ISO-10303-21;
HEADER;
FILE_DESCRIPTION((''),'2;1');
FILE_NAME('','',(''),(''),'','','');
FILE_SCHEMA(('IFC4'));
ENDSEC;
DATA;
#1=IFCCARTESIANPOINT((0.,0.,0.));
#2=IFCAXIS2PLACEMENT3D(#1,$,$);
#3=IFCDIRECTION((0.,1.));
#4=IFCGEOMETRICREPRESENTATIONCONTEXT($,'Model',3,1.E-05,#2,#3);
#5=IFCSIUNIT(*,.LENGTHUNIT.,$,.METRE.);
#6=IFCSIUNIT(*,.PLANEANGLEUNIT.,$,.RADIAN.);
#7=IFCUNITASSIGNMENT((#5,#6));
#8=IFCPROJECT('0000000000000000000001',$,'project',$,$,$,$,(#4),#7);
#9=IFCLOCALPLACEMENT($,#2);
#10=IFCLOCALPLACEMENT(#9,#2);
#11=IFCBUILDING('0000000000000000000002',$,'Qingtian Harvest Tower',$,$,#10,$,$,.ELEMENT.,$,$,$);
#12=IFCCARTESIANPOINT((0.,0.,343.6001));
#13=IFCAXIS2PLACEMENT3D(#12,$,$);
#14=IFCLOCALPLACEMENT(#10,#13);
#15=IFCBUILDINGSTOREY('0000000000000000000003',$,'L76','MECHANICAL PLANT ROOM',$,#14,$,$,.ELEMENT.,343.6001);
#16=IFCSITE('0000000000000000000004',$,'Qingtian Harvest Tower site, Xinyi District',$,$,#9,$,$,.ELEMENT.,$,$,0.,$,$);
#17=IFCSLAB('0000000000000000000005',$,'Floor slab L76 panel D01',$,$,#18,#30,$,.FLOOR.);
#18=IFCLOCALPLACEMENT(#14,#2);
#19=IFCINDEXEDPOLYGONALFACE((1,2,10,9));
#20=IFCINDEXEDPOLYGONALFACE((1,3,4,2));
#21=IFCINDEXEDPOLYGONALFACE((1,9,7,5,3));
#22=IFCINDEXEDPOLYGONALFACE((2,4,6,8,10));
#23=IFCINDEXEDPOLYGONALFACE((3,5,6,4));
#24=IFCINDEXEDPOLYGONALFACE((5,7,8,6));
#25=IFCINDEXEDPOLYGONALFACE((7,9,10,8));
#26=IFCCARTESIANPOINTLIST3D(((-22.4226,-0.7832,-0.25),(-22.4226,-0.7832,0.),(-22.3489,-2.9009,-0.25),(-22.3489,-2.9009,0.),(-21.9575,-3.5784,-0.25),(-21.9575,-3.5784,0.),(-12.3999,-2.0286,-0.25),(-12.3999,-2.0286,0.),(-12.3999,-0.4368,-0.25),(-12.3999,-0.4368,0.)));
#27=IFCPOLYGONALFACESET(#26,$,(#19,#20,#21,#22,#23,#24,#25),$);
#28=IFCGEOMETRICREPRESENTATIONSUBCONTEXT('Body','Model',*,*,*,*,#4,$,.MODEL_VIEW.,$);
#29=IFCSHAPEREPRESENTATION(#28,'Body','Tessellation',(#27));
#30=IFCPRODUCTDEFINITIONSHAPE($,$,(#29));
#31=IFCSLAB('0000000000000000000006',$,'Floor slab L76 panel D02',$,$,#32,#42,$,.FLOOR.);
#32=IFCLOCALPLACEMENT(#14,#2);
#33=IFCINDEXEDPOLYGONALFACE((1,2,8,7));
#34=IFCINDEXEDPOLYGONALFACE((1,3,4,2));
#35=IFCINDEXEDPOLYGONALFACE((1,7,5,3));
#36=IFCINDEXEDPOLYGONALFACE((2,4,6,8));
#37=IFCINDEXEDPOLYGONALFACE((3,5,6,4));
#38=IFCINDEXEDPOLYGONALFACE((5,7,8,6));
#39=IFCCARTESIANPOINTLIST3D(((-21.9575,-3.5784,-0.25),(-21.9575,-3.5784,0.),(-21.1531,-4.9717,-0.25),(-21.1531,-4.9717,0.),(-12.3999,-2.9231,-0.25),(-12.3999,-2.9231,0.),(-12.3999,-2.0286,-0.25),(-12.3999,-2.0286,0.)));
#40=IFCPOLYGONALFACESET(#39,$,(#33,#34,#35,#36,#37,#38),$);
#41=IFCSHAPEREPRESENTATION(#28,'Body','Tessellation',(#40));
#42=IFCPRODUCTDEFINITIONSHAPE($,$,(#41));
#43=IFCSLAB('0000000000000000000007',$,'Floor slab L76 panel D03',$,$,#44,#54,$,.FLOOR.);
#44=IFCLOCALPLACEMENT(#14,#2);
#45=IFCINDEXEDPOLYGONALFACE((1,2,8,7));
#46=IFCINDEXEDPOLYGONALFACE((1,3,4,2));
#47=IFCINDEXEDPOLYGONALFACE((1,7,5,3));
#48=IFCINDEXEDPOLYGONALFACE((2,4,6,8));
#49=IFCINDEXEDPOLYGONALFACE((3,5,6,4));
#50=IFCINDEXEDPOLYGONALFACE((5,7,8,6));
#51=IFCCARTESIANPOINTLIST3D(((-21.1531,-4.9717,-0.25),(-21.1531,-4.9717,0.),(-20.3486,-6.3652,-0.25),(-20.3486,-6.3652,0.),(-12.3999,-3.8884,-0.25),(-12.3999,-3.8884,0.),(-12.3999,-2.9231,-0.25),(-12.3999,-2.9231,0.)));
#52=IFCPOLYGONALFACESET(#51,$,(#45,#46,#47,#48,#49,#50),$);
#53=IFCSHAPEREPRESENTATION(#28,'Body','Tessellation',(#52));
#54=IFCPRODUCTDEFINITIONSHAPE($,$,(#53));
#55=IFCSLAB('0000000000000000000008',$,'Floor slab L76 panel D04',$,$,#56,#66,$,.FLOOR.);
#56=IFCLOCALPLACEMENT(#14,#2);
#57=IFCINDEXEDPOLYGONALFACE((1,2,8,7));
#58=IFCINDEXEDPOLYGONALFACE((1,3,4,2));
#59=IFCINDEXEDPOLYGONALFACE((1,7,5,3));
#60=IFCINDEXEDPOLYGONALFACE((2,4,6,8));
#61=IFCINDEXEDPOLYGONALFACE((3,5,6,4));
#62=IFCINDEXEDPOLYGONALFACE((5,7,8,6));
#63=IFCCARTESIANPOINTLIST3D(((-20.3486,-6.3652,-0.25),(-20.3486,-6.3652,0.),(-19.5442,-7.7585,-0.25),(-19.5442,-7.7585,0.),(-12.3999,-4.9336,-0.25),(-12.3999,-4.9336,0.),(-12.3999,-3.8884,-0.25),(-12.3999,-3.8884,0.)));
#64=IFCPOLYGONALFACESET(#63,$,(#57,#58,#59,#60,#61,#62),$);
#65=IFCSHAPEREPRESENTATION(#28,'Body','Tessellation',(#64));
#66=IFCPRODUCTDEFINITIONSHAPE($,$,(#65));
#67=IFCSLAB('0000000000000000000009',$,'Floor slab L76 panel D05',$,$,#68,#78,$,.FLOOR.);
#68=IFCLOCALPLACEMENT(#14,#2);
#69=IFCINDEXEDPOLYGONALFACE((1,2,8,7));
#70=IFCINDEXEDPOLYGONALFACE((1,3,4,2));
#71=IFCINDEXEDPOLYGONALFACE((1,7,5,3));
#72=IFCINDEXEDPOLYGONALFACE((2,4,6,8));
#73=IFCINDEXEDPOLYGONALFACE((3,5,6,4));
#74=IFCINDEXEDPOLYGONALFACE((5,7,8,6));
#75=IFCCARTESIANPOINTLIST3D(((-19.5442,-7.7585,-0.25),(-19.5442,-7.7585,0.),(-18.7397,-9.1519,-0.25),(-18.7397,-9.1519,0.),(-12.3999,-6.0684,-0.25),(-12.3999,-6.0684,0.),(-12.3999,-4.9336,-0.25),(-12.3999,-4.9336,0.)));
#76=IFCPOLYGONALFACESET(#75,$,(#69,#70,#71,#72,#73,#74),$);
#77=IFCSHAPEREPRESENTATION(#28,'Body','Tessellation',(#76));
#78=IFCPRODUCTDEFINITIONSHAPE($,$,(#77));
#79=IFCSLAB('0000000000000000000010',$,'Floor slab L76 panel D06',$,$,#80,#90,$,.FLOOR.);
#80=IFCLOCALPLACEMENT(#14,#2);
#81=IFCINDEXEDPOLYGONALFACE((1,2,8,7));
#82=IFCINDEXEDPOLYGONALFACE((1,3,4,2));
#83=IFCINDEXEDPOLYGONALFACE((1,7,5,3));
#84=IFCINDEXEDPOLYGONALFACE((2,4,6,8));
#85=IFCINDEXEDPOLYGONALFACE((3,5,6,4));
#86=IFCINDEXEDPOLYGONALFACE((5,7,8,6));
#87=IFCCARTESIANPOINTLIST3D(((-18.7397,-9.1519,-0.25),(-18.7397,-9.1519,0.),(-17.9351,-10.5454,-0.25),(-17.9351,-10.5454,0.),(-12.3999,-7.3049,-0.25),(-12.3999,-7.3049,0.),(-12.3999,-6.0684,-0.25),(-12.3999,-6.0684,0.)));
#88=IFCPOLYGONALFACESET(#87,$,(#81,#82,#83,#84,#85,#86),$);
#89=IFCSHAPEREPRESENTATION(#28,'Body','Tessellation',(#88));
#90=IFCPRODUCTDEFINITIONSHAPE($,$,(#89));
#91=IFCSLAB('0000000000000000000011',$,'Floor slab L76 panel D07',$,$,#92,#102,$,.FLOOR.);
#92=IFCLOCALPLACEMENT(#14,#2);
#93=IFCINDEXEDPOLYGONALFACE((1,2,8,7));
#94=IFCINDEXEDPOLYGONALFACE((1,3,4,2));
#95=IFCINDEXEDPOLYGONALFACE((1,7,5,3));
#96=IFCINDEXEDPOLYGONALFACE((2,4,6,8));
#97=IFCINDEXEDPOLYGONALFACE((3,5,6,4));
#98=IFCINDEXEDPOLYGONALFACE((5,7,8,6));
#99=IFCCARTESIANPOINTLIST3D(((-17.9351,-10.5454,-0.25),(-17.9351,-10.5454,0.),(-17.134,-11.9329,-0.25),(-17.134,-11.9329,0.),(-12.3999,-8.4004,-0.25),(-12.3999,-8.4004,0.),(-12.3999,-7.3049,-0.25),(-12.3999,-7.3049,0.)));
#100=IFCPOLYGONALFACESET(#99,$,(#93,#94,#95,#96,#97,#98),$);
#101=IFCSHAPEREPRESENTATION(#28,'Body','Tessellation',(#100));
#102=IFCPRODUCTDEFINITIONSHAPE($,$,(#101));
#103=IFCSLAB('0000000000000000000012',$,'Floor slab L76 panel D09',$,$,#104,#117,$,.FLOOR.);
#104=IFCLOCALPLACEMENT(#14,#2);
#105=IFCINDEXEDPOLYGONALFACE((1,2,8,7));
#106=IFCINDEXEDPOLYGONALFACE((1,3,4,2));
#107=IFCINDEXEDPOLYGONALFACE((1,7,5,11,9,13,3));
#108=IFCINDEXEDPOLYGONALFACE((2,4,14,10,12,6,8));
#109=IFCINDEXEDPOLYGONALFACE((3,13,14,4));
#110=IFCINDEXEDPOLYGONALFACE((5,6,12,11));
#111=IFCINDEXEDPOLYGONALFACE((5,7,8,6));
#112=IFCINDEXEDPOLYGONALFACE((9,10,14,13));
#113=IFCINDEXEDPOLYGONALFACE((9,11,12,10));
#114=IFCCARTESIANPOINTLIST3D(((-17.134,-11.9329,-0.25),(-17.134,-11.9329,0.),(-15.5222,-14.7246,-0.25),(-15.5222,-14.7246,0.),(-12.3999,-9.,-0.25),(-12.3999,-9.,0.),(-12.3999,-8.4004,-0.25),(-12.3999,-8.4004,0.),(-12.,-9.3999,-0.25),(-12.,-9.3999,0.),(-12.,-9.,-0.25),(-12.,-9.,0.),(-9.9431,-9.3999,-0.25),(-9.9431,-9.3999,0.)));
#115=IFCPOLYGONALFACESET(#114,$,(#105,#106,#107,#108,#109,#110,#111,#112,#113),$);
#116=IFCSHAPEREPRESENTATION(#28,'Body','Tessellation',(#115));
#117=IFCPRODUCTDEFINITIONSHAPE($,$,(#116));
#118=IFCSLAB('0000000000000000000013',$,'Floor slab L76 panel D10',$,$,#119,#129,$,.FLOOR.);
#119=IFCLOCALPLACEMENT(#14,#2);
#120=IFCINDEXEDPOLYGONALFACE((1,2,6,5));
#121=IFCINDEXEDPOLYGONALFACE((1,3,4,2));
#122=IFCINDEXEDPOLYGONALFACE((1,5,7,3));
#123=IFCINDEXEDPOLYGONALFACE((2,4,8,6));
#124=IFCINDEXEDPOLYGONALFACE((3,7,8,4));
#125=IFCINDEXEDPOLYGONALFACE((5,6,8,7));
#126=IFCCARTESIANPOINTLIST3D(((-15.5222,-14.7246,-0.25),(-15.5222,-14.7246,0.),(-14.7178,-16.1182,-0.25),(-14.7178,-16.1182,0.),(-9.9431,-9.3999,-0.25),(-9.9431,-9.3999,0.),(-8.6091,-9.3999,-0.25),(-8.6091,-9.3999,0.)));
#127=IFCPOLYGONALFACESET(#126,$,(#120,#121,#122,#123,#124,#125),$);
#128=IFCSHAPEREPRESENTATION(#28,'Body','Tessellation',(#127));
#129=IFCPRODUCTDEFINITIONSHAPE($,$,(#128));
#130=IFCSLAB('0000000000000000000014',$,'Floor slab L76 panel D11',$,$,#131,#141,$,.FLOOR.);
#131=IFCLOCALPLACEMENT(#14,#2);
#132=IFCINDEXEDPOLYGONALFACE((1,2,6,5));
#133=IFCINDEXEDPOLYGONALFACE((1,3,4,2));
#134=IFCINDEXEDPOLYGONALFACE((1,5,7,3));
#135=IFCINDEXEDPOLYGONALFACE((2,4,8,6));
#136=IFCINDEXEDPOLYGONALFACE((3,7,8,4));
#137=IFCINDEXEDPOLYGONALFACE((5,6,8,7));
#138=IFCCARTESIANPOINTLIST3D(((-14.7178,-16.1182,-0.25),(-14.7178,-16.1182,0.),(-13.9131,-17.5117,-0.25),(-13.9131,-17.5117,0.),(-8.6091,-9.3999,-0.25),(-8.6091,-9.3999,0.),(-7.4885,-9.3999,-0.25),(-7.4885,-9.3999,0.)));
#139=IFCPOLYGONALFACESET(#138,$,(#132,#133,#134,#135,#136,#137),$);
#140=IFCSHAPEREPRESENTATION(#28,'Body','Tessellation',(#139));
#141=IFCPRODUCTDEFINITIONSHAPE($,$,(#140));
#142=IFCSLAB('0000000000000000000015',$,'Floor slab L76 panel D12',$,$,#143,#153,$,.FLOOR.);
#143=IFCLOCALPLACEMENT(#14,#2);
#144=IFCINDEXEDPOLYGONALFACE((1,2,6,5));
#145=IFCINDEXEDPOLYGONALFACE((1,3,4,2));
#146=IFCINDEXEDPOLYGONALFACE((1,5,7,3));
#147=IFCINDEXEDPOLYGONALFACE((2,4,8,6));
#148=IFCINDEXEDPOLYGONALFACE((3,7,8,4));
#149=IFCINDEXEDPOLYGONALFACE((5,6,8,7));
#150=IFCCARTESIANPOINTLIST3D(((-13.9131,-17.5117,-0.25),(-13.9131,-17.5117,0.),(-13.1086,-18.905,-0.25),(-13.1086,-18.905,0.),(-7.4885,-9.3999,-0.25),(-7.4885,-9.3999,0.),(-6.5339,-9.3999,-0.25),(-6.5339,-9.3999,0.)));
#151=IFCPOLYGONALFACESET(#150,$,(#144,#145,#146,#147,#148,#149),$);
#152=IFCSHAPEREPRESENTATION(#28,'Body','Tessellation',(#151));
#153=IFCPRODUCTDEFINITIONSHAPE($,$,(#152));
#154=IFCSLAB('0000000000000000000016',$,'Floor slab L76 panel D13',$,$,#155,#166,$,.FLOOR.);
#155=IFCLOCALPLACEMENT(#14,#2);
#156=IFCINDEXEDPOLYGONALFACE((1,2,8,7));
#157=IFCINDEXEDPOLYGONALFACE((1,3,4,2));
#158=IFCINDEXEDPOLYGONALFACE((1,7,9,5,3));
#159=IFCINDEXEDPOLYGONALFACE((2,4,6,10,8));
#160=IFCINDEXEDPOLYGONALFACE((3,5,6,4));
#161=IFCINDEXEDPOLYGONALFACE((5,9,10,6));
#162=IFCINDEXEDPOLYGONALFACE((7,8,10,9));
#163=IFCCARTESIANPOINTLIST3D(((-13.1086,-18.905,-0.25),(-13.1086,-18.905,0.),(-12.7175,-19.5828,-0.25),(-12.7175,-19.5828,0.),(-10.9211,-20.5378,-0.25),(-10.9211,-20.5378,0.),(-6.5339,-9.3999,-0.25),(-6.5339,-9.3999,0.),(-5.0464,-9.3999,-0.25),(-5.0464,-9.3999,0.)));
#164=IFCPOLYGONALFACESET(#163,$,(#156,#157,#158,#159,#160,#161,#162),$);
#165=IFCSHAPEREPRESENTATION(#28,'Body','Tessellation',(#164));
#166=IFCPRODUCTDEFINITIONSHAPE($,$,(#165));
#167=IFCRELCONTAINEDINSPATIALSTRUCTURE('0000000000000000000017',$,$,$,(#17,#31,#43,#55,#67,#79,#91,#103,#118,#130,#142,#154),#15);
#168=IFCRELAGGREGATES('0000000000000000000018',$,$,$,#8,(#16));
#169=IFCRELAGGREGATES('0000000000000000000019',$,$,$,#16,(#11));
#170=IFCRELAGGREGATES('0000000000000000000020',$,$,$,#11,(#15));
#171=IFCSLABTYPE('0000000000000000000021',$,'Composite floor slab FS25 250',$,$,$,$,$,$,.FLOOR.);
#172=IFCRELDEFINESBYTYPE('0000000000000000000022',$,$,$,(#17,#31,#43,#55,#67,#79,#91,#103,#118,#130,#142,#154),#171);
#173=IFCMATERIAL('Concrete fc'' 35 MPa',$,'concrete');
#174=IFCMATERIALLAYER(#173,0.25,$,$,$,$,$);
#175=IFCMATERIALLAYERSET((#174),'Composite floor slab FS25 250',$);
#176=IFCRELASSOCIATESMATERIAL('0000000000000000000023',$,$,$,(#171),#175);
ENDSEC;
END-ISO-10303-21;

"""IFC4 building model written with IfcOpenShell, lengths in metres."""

from ifc_helpers import new_model, si_unit, direction, frame, origin, place, context, subcontext, project, spatial, polyline, outline, extrude, material, layer, layer_set, type_object, element, save


model = new_model("IFC4")

# Units and contexts
model_context = context("Model", 3, precision=1e-05, world=origin(), true_north=direction((0.0, 1.0)))
body_context = subcontext(model_context, "Body", "Model", "MODEL_VIEW")
ifc_project = project(units=[si_unit("LENGTHUNIT", "METRE"), si_unit("PLANEANGLEUNIT", "RADIAN")], contexts=[model_context])

# Site, building, storey
site_placement = place(None, origin())
site = spatial("IfcSite", under=ifc_project, at=site_placement, Name="Qingtian Harvest Tower site, Xinyi District", CompositionType="ELEMENT", RefElevation=0.0)
building_placement = place(site_placement, origin())
building = spatial("IfcBuilding", under=site, at=building_placement, Name="Qingtian Harvest Tower", CompositionType="ELEMENT")
storey_placement = place(building_placement, frame((0.0, 0.0, 343.6001)))
storey = spatial("IfcBuildingStorey", under=building, at=storey_placement, Name="L76", Description="MECHANICAL PLANT ROOM", CompositionType="ELEMENT", Elevation=343.6001)

# Slabs
ifc_material_1 = material(Name="Concrete fc' 35 MPa", Category="concrete")
ifc_layer_1 = layer(ifc_material_1, 0.25)
ifc_layer_set_1 = layer_set([ifc_layer_1], Name="Composite floor slab FS25 250")
slab_type_1 = type_object("IfcSlabType", Name="Composite floor slab FS25 250", PredefinedType="FLOOR", material=ifc_layer_set_1)
slab_1_placement = place(storey_placement, frame((0.0, 0.0, -0.25)))
element("IfcSlab", 1, at=slab_1_placement, inside=storey, type_object=slab_type_1, Name="Floor slab L76 panel D01", PredefinedType="FLOOR", context=body_context, shape_type="SweptSolid", body=[
    extrude(outline(polyline([(-22.4226, -0.7832), (-12.3999, -0.4368), (-12.3999, -2.0286), (-21.9575, -3.5784), (-22.3489, -2.9009), (-22.4226, -0.7832)])), origin(), (0.0, 0.0, 1.0), 0.25),
])
slab_2_placement = place(storey_placement, frame((0.0, 0.0, -0.25)))
element("IfcSlab", 2, at=slab_2_placement, inside=storey, type_object=slab_type_1, Name="Floor slab L76 panel D02", PredefinedType="FLOOR", context=body_context, shape_type="SweptSolid", body=[
    extrude(outline(polyline([(-12.3999, -2.9231), (-21.1531, -4.9717), (-21.9575, -3.5784), (-12.3999, -2.0286), (-12.3999, -2.9231)])), origin(), (0.0, 0.0, 1.0), 0.25),
])
slab_3_placement = place(storey_placement, frame((0.0, 0.0, -0.25)))
element("IfcSlab", 3, at=slab_3_placement, inside=storey, type_object=slab_type_1, Name="Floor slab L76 panel D03", PredefinedType="FLOOR", context=body_context, shape_type="SweptSolid", body=[
    extrude(outline(polyline([(-12.3999, -3.8884), (-20.3486, -6.3652), (-21.1531, -4.9717), (-12.3999, -2.9231), (-12.3999, -3.8884)])), origin(), (0.0, 0.0, 1.0), 0.25),
])
slab_4_placement = place(storey_placement, frame((0.0, 0.0, -0.25)))
element("IfcSlab", 4, at=slab_4_placement, inside=storey, type_object=slab_type_1, Name="Floor slab L76 panel D04", PredefinedType="FLOOR", context=body_context, shape_type="SweptSolid", body=[
    extrude(outline(polyline([(-12.3999, -4.9336), (-19.5442, -7.7585), (-20.3486, -6.3652), (-12.3999, -3.8884), (-12.3999, -4.9336)])), origin(), (0.0, 0.0, 1.0), 0.25),
])
slab_5_placement = place(storey_placement, frame((0.0, 0.0, -0.25)))
element("IfcSlab", 5, at=slab_5_placement, inside=storey, type_object=slab_type_1, Name="Floor slab L76 panel D05", PredefinedType="FLOOR", context=body_context, shape_type="SweptSolid", body=[
    extrude(outline(polyline([(-12.3999, -6.0684), (-18.7397, -9.1519), (-19.5442, -7.7585), (-12.3999, -4.9336), (-12.3999, -6.0684)])), origin(), (0.0, 0.0, 1.0), 0.25),
])
slab_6_placement = place(storey_placement, frame((0.0, 0.0, -0.25)))
element("IfcSlab", 6, at=slab_6_placement, inside=storey, type_object=slab_type_1, Name="Floor slab L76 panel D06", PredefinedType="FLOOR", context=body_context, shape_type="SweptSolid", body=[
    extrude(outline(polyline([(-12.3999, -7.3049), (-17.9351, -10.5454), (-18.7397, -9.1519), (-12.3999, -6.0684), (-12.3999, -7.3049)])), origin(), (0.0, 0.0, 1.0), 0.25),
])
slab_7_placement = place(storey_placement, frame((0.0, 0.0, -0.25)))
element("IfcSlab", 7, at=slab_7_placement, inside=storey, type_object=slab_type_1, Name="Floor slab L76 panel D07", PredefinedType="FLOOR", context=body_context, shape_type="SweptSolid", body=[
    extrude(outline(polyline([(-12.3999, -8.4004), (-17.134, -11.9329), (-17.9351, -10.5454), (-12.3999, -7.3049), (-12.3999, -8.4004)])), origin(), (0.0, 0.0, 1.0), 0.25),
])
slab_8_placement = place(storey_placement, frame((0.0, 0.0, -0.25)))
element("IfcSlab", 8, at=slab_8_placement, inside=storey, type_object=slab_type_1, Name="Floor slab L76 panel D09", PredefinedType="FLOOR", context=body_context, shape_type="SweptSolid", body=[
    extrude(outline(polyline([(-15.5222, -14.7246), (-17.134, -11.9329), (-12.3999, -8.4004), (-12.3999, -9.0), (-12.0, -9.0), (-12.0, -9.3999), (-9.9431, -9.3999), (-15.5222, -14.7246)])), origin(), (0.0, 0.0, 1.0), 0.25),
])
slab_9_placement = place(storey_placement, frame((0.0, 0.0, -0.25)))
element("IfcSlab", 9, at=slab_9_placement, inside=storey, type_object=slab_type_1, Name="Floor slab L76 panel D10", PredefinedType="FLOOR", context=body_context, shape_type="SweptSolid", body=[
    extrude(outline(polyline([(-8.6091, -9.3999), (-14.7178, -16.1182), (-15.5222, -14.7246), (-9.9431, -9.3999), (-8.6091, -9.3999)])), origin(), (0.0, 0.0, 1.0), 0.25),
])
slab_10_placement = place(storey_placement, frame((0.0, 0.0, -0.25)))
element("IfcSlab", 10, at=slab_10_placement, inside=storey, type_object=slab_type_1, Name="Floor slab L76 panel D11", PredefinedType="FLOOR", context=body_context, shape_type="SweptSolid", body=[
    extrude(outline(polyline([(-7.4885, -9.3999), (-13.9131, -17.5117), (-14.7178, -16.1182), (-8.6091, -9.3999), (-7.4885, -9.3999)])), origin(), (0.0, 0.0, 1.0), 0.25),
])
slab_11_placement = place(storey_placement, frame((0.0, 0.0, -0.25)))
element("IfcSlab", 11, at=slab_11_placement, inside=storey, type_object=slab_type_1, Name="Floor slab L76 panel D12", PredefinedType="FLOOR", context=body_context, shape_type="SweptSolid", body=[
    extrude(outline(polyline([(-6.5339, -9.3999), (-13.1086, -18.905), (-13.9131, -17.5117), (-7.4885, -9.3999), (-6.5339, -9.3999)])), origin(), (0.0, 0.0, 1.0), 0.25),
])
slab_12_placement = place(storey_placement, frame((0.0, 0.0, -0.25)))
element("IfcSlab", 12, at=slab_12_placement, inside=storey, type_object=slab_type_1, Name="Floor slab L76 panel D13", PredefinedType="FLOOR", context=body_context, shape_type="SweptSolid", body=[
    extrude(outline(polyline([(-6.5339, -9.3999), (-5.0464, -9.3999), (-10.9211, -20.5378), (-12.7175, -19.5828), (-13.1086, -18.905), (-6.5339, -9.3999)])), origin(), (0.0, 0.0, 1.0), 0.25),
])

save(model, "model.ifc")
